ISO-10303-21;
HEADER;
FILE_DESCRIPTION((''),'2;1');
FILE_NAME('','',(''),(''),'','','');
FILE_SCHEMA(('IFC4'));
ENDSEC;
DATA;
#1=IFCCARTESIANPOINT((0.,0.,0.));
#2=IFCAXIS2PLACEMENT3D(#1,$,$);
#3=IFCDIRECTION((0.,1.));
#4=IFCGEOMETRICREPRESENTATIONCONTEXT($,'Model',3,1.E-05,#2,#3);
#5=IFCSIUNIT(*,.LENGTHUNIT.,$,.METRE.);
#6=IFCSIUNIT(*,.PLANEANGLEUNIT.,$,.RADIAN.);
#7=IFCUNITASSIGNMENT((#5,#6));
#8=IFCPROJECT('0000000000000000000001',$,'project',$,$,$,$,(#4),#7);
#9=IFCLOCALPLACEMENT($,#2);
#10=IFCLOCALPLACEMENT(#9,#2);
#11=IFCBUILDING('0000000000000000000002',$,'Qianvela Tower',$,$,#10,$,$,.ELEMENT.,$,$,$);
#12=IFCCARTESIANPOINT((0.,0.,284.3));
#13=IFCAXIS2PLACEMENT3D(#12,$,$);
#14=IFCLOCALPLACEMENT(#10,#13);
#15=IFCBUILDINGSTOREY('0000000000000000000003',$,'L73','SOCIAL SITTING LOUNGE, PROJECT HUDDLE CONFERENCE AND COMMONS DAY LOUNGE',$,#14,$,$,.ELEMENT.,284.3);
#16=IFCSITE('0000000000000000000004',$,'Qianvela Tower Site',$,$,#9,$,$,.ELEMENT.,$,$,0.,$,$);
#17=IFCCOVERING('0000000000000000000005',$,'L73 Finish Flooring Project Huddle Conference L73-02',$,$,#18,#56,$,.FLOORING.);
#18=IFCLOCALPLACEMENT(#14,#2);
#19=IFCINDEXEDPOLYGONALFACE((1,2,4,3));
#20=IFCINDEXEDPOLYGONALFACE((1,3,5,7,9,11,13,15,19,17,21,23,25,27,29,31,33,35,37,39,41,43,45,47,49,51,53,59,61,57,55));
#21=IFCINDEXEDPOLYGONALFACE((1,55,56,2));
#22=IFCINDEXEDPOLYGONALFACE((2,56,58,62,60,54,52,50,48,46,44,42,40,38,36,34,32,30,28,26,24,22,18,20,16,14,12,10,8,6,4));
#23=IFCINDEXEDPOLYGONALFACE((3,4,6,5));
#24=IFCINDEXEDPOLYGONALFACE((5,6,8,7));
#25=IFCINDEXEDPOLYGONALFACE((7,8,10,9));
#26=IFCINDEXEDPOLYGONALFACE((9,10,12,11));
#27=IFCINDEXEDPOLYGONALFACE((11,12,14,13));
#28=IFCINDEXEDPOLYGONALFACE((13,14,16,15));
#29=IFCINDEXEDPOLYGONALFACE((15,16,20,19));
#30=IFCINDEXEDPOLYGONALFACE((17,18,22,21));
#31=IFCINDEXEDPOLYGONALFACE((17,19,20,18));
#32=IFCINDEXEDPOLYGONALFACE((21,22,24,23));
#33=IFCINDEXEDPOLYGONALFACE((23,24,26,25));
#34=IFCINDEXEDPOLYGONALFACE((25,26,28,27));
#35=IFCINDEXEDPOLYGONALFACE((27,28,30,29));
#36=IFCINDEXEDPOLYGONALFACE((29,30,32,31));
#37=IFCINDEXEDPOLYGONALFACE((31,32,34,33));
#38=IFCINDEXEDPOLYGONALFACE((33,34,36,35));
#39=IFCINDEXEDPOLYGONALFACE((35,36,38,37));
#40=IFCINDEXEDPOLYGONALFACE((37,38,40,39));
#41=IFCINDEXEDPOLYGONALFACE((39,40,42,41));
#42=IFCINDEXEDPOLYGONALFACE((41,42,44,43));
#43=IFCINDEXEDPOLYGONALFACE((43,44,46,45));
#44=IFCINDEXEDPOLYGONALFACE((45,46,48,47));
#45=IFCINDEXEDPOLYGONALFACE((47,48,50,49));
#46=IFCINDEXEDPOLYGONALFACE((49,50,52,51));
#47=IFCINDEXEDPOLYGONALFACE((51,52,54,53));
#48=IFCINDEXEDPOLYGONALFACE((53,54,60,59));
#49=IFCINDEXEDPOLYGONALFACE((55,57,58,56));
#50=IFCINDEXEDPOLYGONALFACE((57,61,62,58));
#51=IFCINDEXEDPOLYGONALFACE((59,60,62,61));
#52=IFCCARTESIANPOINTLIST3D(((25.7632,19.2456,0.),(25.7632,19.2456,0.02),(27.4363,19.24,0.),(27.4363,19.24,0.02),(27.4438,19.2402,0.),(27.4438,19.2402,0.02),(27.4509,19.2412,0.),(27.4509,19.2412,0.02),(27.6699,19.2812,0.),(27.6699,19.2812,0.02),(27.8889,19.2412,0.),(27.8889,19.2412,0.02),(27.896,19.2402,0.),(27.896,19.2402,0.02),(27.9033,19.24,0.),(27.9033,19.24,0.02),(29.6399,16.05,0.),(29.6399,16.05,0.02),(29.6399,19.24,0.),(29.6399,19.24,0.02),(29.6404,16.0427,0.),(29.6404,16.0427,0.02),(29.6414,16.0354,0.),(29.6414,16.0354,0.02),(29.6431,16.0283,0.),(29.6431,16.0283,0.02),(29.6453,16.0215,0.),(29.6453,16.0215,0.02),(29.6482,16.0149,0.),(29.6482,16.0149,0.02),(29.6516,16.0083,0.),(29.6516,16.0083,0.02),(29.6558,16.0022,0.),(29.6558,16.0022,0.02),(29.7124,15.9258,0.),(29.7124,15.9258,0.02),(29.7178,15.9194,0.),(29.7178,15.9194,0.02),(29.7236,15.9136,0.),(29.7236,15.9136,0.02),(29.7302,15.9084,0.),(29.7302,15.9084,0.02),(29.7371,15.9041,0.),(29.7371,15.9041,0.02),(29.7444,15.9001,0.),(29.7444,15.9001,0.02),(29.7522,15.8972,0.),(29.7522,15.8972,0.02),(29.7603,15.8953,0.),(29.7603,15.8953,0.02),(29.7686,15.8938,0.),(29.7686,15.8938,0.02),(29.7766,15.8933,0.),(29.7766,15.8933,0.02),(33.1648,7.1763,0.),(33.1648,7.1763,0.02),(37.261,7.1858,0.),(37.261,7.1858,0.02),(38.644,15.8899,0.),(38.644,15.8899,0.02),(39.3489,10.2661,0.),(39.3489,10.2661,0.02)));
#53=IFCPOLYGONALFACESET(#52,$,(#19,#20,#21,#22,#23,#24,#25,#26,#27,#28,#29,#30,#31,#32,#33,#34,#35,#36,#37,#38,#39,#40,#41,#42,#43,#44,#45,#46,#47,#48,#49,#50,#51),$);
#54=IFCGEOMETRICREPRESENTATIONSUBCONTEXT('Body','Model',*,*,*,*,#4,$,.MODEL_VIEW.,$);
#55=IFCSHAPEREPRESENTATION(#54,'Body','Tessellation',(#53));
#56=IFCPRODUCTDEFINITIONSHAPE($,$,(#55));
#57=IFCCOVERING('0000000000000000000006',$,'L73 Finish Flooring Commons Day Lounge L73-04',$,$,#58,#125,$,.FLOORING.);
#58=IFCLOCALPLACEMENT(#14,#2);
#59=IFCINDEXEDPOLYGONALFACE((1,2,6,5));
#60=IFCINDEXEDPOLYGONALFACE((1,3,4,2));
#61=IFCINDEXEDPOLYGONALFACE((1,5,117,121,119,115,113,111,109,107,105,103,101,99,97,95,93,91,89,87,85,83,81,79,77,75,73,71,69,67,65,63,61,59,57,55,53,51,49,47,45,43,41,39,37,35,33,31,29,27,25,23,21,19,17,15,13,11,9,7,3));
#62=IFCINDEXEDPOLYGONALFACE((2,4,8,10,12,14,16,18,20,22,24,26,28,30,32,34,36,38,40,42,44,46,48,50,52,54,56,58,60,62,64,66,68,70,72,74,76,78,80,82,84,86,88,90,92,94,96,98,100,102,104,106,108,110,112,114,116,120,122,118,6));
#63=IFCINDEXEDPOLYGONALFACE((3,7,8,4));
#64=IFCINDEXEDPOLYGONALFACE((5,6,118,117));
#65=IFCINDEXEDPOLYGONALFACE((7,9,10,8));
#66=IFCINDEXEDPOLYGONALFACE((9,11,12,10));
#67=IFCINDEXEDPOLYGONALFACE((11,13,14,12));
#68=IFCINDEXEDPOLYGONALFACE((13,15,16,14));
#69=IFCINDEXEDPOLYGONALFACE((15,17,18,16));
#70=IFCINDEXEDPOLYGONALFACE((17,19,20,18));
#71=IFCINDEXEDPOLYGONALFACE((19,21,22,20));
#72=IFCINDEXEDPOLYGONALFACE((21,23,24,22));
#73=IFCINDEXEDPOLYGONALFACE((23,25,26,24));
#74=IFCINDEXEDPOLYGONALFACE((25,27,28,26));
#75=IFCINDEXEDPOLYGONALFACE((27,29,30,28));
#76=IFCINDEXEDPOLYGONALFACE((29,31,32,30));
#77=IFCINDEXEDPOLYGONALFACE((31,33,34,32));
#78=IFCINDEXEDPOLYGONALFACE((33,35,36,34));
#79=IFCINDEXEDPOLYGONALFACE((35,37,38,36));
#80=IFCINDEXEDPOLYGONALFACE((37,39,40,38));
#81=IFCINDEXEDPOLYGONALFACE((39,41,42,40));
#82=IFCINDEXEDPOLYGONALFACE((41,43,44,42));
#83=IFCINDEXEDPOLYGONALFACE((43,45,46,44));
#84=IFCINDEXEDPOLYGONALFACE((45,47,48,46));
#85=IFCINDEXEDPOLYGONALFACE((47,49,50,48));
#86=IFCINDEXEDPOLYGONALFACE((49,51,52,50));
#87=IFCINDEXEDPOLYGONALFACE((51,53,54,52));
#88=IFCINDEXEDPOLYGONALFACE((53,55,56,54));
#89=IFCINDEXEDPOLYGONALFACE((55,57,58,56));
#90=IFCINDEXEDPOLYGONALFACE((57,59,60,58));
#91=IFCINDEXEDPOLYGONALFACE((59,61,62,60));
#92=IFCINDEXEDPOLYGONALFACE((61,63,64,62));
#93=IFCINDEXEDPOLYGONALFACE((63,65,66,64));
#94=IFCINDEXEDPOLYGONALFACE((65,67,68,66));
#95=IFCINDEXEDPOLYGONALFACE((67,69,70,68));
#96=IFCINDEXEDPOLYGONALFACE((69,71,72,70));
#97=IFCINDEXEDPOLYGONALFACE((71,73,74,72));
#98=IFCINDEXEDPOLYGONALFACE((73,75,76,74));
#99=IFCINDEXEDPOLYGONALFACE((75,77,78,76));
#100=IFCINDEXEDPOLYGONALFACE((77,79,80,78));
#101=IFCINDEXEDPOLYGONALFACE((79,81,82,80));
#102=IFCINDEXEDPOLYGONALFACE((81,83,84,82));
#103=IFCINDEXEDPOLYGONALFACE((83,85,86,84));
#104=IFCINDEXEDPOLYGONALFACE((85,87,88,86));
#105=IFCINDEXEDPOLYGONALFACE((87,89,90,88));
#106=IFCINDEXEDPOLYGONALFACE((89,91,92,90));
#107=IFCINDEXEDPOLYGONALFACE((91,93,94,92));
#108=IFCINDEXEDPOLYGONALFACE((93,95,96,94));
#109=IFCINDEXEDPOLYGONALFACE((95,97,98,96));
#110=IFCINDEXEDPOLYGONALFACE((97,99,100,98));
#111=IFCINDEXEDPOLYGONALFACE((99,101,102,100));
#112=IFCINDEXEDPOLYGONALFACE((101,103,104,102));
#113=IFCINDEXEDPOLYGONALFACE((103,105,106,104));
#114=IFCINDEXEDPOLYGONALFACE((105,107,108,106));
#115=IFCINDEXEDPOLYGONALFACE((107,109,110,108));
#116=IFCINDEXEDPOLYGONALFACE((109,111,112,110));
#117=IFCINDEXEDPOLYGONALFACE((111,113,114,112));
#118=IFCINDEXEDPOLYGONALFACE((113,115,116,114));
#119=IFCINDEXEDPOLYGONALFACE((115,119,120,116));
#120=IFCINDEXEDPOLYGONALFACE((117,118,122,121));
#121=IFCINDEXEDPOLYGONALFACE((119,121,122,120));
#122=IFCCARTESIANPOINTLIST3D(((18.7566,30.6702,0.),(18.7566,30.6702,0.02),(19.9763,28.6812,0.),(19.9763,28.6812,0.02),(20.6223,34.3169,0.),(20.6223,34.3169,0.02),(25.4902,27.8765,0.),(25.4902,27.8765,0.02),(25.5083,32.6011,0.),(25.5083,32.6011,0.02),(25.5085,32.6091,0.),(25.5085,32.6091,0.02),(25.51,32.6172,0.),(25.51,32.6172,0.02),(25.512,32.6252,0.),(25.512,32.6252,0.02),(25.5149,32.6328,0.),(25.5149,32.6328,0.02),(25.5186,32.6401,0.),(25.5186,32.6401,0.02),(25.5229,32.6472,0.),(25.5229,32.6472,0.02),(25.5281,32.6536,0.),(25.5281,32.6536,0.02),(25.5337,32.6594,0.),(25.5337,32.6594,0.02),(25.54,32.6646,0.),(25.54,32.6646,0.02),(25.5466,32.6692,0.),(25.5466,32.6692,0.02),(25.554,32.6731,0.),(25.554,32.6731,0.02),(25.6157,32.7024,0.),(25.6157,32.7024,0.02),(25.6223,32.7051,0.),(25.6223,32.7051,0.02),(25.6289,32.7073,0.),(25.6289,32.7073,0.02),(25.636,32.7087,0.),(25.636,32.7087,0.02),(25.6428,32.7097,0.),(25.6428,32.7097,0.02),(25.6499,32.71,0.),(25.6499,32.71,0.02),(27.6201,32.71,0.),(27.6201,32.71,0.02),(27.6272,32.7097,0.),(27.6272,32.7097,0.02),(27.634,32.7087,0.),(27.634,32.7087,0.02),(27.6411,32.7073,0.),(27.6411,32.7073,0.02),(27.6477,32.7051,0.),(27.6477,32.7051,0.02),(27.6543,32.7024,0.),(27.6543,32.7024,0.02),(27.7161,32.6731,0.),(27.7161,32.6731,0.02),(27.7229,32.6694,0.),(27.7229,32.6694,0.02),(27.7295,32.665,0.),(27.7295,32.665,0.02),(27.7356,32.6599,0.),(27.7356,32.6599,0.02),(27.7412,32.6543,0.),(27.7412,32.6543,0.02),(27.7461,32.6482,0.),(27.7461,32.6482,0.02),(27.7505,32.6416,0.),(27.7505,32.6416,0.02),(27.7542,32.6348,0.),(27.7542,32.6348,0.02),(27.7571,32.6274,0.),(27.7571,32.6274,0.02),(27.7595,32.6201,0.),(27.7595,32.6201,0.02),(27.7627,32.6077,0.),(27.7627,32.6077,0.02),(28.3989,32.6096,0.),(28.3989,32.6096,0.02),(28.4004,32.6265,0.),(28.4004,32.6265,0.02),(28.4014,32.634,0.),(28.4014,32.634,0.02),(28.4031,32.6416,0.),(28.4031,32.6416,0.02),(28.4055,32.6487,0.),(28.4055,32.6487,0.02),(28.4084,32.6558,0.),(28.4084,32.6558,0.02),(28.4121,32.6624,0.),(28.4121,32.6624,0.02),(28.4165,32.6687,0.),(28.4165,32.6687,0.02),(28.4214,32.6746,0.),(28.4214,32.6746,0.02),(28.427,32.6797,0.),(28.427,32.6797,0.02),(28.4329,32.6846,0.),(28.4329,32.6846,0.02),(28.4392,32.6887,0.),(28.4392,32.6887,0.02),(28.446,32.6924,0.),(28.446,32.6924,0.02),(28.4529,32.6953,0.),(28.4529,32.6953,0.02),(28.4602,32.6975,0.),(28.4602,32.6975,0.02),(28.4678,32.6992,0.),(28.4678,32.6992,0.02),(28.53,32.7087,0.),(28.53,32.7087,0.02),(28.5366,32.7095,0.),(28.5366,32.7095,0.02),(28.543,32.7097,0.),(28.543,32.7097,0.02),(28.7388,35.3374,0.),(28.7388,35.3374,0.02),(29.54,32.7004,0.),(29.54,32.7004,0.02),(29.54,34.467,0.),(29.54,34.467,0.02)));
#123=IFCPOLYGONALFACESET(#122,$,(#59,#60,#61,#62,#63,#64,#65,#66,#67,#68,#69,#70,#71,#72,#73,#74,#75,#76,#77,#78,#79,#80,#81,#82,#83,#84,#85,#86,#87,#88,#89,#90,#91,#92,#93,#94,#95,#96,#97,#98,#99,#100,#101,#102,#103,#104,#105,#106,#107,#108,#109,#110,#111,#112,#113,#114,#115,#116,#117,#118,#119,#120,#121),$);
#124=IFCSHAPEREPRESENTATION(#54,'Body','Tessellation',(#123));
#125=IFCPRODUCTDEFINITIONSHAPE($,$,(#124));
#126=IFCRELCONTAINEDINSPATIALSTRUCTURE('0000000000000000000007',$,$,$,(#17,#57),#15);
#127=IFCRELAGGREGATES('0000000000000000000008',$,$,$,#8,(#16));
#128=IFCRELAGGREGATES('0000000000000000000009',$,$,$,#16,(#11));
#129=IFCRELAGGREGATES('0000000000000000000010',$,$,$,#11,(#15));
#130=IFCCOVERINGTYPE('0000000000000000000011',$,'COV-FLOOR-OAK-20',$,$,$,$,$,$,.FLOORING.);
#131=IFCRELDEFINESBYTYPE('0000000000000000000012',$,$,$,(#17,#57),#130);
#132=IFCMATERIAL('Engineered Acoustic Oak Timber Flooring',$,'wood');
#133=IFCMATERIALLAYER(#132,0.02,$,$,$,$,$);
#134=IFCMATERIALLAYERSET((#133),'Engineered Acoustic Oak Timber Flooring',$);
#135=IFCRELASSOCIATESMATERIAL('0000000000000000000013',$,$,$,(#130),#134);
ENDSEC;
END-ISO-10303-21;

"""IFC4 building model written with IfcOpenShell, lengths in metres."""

from ifc_helpers import new_model, si_unit, direction, frame, origin, place, context, subcontext, project, spatial, polyline, outline, extrude, material, layer, layer_set, type_object, element, save


model = new_model("IFC4")

# Units and contexts
model_context = context("Model", 3, precision=1e-05, world=origin(), true_north=direction((0.0, 1.0)))
body_context = subcontext(model_context, "Body", "Model", "MODEL_VIEW")
ifc_project = project(units=[si_unit("LENGTHUNIT", "METRE"), si_unit("PLANEANGLEUNIT", "RADIAN")], contexts=[model_context])

# Site, building, storey
site_placement = place(None, origin())
site = spatial("IfcSite", under=ifc_project, at=site_placement, Name="Qianvela Tower Site", CompositionType="ELEMENT", RefElevation=0.0)
building_placement = place(site_placement, origin())
building = spatial("IfcBuilding", under=site, at=building_placement, Name="Qianvela Tower", CompositionType="ELEMENT")
storey_placement = place(building_placement, frame((0.0, 0.0, 284.3)))
storey = spatial("IfcBuildingStorey", under=building, at=storey_placement, Name="L73", Description="SOCIAL SITTING LOUNGE, PROJECT HUDDLE CONFERENCE AND COMMONS DAY LOUNGE", CompositionType="ELEMENT", Elevation=284.3)

# Coverings
ifc_material_1 = material(Name="Engineered Acoustic Oak Timber Flooring", Category="wood")
ifc_layer_1 = layer(ifc_material_1, 0.02)
ifc_layer_set_1 = layer_set([ifc_layer_1], Name="Engineered Acoustic Oak Timber Flooring")
covering_type_1 = type_object("IfcCoveringType", Name="COV-FLOOR-OAK-20", PredefinedType="FLOORING", material=ifc_layer_set_1)
covering_1_placement = place(storey_placement, origin())
element("IfcCovering", 1, at=covering_1_placement, inside=storey, type_object=covering_type_1, Name="L73 Finish Flooring Project Huddle Conference L73-02", PredefinedType="FLOORING", context=body_context, shape_type="SweptSolid", body=[
    extrude(outline(polyline([(37.261, 7.1858), (33.1648, 7.1763), (25.7632, 19.2456), (27.4363, 19.24), (27.4438, 19.2402), (27.4509, 19.2412), (27.6699, 19.2812), (27.8889, 19.2412), (27.896, 19.2402), (27.9033, 19.24), (29.6399, 19.24), (29.6399, 16.05), (29.6404, 16.0427), (29.6414, 16.0354), (29.6431, 16.0283), (29.6453, 16.0215), (29.6482, 16.0149), (29.6516, 16.0083), (29.6558, 16.0022), (29.7124, 15.9258), (29.7178, 15.9194), (29.7236, 15.9136), (29.7302, 15.9084), (29.7371, 15.9041), (29.7444, 15.9001), (29.7522, 15.8972), (29.7603, 15.8953), (29.7686, 15.8938), (29.7766, 15.8933), (38.644, 15.8899), (39.3489, 10.2661), (37.261, 7.1858)])), origin(), (0.0, 0.0, 1.0), 0.02),
])
covering_2_placement = place(storey_placement, origin())
element("IfcCovering", 2, at=covering_2_placement, inside=storey, type_object=covering_type_1, Name="L73 Finish Flooring Commons Day Lounge L73-04", PredefinedType="FLOORING", context=body_context, shape_type="SweptSolid", body=[
    extrude(outline(polyline([(28.7388, 35.3374), (29.54, 34.467), (29.54, 32.7004), (28.543, 32.7097), (28.5366, 32.7095), (28.53, 32.7087), (28.4678, 32.6992), (28.4602, 32.6975), (28.4529, 32.6953), (28.446, 32.6924), (28.4392, 32.6887), (28.4329, 32.6846), (28.427, 32.6797), (28.4214, 32.6746), (28.4165, 32.6687), (28.4121, 32.6624), (28.4084, 32.6558), (28.4055, 32.6487), (28.4031, 32.6416), (28.4014, 32.634), (28.4004, 32.6265), (28.3989, 32.6096), (27.7627, 32.6077), (27.7595, 32.6201), (27.7571, 32.6274), (27.7542, 32.6348), (27.7505, 32.6416), (27.7461, 32.6482), (27.7412, 32.6543), (27.7356, 32.6599), (27.7295, 32.665), (27.7229, 32.6694), (27.7161, 32.6731), (27.6543, 32.7024), (27.6477, 32.7051), (27.6411, 32.7073), (27.634, 32.7087), (27.6272, 32.7097), (27.6201, 32.71), (25.6499, 32.71), (25.6428, 32.7097), (25.636, 32.7087), (25.6289, 32.7073), (25.6223, 32.7051), (25.6157, 32.7024), (25.554, 32.6731), (25.5466, 32.6692), (25.54, 32.6646), (25.5337, 32.6594), (25.5281, 32.6536), (25.5229, 32.6472), (25.5186, 32.6401), (25.5149, 32.6328), (25.512, 32.6252), (25.51, 32.6172), (25.5085, 32.6091), (25.5083, 32.6011), (25.4902, 27.8765), (19.9763, 28.6812), (18.7566, 30.6702), (20.6223, 34.3169), (28.7388, 35.3374)])), origin(), (0.0, 0.0, 1.0), 0.02),
])

save(model, "model.ifc")
